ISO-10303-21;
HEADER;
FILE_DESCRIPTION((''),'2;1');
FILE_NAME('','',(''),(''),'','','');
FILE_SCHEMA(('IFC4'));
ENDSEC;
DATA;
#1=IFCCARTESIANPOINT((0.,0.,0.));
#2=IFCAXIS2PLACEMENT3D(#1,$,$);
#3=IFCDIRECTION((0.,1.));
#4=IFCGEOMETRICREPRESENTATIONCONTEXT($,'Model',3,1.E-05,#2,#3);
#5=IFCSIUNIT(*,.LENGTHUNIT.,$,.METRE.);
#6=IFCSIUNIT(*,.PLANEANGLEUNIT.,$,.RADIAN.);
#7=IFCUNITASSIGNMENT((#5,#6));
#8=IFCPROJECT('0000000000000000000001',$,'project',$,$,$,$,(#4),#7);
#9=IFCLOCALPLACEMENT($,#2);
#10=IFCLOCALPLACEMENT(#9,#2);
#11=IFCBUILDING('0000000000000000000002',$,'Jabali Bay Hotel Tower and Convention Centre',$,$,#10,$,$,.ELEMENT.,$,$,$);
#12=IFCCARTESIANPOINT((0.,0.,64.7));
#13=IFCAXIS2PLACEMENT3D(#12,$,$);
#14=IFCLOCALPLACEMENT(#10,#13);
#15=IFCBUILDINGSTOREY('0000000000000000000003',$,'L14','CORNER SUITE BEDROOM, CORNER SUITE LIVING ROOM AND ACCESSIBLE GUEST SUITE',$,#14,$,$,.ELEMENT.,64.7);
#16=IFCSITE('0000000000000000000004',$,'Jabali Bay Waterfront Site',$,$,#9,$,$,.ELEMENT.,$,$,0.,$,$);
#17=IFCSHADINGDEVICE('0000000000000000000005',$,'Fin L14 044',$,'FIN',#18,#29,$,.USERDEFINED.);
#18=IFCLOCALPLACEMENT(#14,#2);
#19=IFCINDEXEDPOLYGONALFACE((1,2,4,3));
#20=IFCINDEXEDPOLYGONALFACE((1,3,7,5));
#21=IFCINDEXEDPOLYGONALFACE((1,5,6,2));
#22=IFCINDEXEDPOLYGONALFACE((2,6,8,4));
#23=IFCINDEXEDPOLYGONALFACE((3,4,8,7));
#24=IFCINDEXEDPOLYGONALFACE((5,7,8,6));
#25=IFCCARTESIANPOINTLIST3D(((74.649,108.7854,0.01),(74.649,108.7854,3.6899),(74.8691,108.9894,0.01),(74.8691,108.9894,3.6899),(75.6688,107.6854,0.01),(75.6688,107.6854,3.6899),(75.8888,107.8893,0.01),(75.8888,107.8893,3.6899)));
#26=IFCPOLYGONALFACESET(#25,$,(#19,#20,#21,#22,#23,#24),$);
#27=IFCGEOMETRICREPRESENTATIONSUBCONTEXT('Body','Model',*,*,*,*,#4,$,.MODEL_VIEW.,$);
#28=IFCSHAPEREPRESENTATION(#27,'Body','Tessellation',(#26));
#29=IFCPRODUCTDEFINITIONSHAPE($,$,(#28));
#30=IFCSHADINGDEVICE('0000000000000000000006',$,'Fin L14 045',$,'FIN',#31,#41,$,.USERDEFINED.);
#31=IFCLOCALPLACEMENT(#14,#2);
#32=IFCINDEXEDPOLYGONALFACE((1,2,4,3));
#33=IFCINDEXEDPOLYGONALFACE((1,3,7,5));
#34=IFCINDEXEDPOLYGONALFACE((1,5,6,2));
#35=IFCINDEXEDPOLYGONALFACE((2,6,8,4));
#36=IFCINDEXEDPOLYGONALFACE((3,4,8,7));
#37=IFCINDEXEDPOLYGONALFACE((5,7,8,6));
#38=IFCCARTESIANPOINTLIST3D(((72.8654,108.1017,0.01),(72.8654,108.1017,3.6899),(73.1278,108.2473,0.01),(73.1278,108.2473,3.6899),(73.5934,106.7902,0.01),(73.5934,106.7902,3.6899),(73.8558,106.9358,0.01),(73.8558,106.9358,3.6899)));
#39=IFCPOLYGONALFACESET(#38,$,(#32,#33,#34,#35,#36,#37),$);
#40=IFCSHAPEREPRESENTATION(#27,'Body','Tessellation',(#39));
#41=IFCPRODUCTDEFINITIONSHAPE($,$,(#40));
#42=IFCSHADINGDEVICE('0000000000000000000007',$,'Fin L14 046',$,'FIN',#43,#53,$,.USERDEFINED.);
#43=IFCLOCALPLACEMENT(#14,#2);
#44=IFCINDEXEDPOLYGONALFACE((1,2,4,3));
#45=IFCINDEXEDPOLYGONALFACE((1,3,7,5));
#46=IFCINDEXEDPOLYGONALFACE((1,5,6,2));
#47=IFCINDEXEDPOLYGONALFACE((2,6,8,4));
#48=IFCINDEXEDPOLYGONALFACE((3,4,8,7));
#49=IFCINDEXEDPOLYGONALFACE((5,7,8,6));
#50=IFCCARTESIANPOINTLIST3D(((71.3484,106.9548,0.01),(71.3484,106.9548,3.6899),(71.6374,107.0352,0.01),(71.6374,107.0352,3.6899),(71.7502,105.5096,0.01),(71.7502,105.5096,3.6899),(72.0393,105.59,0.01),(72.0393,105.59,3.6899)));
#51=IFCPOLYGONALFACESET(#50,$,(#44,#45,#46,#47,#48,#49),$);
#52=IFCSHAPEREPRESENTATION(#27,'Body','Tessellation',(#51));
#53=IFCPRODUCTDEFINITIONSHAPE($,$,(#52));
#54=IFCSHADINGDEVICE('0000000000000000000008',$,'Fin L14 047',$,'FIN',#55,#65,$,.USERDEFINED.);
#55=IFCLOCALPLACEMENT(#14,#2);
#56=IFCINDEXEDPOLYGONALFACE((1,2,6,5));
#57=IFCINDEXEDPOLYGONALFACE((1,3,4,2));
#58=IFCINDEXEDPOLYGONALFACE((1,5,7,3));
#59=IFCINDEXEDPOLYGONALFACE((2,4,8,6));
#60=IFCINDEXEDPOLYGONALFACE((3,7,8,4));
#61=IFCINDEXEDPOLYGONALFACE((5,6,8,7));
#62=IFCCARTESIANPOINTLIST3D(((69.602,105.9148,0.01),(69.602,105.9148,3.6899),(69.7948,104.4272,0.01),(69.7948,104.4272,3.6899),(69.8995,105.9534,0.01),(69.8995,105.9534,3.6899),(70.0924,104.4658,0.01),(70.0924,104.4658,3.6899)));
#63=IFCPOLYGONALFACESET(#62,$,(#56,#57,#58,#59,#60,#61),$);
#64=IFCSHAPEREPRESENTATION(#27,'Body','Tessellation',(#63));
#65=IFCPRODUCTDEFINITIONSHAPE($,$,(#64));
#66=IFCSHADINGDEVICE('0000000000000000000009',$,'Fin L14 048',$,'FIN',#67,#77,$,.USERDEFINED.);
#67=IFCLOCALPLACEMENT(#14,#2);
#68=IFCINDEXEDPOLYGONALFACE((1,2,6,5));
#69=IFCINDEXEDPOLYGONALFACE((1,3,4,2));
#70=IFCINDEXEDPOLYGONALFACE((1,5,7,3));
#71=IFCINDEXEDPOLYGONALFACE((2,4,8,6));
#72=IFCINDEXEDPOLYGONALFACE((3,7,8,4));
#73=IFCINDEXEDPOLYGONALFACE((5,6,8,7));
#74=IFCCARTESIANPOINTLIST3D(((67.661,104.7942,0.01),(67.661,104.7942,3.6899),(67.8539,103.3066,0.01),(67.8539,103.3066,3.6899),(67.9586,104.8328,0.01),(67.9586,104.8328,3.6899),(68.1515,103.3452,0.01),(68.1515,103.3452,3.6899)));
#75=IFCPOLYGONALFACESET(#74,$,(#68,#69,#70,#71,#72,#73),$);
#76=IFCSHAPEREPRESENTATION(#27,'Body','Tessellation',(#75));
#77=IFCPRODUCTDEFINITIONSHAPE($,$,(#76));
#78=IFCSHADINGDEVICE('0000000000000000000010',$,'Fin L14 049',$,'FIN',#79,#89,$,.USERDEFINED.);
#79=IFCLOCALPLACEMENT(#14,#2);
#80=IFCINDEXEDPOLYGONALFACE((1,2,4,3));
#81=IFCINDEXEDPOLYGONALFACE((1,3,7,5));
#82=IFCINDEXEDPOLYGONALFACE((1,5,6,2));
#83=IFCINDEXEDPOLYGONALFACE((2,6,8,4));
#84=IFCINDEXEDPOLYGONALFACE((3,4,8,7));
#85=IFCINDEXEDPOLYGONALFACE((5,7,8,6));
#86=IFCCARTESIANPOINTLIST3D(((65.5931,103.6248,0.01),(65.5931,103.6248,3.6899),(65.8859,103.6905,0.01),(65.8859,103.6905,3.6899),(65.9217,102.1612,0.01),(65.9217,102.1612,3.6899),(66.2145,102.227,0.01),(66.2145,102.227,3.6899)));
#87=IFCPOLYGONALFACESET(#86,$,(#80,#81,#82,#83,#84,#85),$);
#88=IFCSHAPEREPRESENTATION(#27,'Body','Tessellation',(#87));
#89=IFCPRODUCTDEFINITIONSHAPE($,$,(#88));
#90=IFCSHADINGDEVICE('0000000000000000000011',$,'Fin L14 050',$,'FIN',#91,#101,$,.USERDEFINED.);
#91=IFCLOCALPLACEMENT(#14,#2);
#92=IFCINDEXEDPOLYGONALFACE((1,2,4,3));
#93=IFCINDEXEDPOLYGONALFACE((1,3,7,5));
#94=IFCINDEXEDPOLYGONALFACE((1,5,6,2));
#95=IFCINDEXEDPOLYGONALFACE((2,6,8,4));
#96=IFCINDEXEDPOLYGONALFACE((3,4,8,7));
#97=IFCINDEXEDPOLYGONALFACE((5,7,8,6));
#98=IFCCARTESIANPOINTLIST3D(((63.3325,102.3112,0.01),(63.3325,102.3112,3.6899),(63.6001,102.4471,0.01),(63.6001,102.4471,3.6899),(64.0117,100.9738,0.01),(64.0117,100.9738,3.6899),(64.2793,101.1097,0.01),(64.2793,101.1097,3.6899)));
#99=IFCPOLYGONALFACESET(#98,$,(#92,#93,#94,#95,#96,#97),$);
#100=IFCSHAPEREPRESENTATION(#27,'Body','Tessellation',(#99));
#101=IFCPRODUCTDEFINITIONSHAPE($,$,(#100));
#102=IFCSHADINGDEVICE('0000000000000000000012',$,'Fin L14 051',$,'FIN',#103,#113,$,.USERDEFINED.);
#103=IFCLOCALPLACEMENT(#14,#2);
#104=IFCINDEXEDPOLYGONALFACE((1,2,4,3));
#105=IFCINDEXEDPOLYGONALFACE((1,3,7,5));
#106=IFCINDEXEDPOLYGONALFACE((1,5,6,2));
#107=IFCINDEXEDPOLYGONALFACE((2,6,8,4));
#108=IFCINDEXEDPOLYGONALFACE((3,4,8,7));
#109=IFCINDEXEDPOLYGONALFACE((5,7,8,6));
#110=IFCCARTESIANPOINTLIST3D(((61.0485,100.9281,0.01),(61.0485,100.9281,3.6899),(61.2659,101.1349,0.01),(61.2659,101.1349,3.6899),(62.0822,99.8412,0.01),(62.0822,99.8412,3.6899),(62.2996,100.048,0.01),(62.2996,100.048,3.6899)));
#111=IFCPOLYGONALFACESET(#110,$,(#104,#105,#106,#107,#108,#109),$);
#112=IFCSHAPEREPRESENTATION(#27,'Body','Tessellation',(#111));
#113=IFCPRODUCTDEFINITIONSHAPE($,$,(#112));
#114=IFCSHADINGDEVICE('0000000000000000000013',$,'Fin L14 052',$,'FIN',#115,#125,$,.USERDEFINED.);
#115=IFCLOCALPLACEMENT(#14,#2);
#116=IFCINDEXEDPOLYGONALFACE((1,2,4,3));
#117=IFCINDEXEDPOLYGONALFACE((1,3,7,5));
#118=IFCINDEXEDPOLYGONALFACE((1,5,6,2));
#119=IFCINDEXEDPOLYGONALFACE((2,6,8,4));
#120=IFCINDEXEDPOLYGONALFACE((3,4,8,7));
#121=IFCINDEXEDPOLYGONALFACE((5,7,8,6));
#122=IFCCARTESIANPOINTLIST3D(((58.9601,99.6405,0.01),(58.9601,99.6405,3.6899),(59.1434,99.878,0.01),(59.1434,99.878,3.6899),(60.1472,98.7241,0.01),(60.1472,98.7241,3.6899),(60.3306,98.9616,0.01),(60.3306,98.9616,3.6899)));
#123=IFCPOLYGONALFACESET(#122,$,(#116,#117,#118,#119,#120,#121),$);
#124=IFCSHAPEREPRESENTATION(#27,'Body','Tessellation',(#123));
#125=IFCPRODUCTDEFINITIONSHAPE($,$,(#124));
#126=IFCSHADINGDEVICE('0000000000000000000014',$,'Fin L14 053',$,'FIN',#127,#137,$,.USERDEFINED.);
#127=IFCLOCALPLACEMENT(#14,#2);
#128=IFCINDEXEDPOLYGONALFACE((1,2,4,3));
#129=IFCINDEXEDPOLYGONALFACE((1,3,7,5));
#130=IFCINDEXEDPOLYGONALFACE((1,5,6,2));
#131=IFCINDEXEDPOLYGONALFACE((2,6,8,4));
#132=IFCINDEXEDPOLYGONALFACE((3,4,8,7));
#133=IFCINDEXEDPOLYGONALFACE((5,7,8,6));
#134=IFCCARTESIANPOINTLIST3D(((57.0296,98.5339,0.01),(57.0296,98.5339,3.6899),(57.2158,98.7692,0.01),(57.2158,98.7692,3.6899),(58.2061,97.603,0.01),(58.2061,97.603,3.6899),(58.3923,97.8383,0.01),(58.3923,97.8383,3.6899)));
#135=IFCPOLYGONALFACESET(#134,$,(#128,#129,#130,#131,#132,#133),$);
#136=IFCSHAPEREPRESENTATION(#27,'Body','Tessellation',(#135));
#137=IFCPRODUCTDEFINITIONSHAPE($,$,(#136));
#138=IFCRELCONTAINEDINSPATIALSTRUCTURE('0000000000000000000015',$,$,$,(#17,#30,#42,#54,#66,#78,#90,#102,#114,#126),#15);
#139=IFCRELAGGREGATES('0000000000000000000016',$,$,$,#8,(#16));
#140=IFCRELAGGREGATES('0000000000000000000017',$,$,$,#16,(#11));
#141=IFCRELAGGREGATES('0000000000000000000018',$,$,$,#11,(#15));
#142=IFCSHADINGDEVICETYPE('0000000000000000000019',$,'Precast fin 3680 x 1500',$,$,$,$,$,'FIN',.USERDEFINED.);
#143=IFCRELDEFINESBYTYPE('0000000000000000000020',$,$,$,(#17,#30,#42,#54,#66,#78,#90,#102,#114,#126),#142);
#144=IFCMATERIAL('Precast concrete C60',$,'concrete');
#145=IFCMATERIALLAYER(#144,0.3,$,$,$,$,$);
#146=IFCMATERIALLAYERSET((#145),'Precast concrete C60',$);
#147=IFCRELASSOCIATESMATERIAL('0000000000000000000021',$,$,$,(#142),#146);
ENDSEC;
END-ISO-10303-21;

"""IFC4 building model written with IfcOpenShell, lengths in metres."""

from ifc_helpers import new_model, si_unit, direction, frame, frame_2d, origin, place, context, subcontext, project, spatial, rectangle, extrude, material, layer, layer_set, type_object, element, save


model = new_model("IFC4")

# Units and contexts
model_context = context("Model", 3, precision=1e-05, world=origin(), true_north=direction((0.0, 1.0)))
body_context = subcontext(model_context, "Body", "Model", "MODEL_VIEW")
ifc_project = project(units=[si_unit("LENGTHUNIT", "METRE"), si_unit("PLANEANGLEUNIT", "RADIAN")], contexts=[model_context])

# Site, building, storey
site_placement = place(None, origin())
site = spatial("IfcSite", under=ifc_project, at=site_placement, Name="Jabali Bay Waterfront Site", CompositionType="ELEMENT", RefElevation=0.0)
building_placement = place(site_placement, origin())
building = spatial("IfcBuilding", under=site, at=building_placement, Name="Jabali Bay Hotel Tower and Convention Centre", CompositionType="ELEMENT")
storey_placement = place(building_placement, frame((0.0, 0.0, 64.7)))
storey = spatial("IfcBuildingStorey", under=building, at=storey_placement, Name="L14", Description="CORNER SUITE BEDROOM, CORNER SUITE LIVING ROOM AND ACCESSIBLE GUEST SUITE", CompositionType="ELEMENT", Elevation=64.7)

# Shading devices
ifc_material_1 = material(Name="Precast concrete C60", Category="concrete")
ifc_layer_1 = layer(ifc_material_1, 0.3)
ifc_layer_set_1 = layer_set([ifc_layer_1], Name="Precast concrete C60")
shading_device_type = type_object("IfcShadingDeviceType", Name="Precast fin 3680 x 1500", ElementType="FIN", PredefinedType="USERDEFINED", material=ifc_layer_set_1)
for number, where, z_axis, x_axis, name in (
    (1, (75.7788, 107.7874, 0.01), (0.0, 0.0, 1.0), (-0.679827, 0.733373, 0.0), "Fin L14 044"),
    (2, (73.7246, 106.863, 0.01), (0.0, 0.0, 1.0), (-0.485339, 0.874326, 0.0), "Fin L14 045"),
    (3, (71.8948, 105.5498, 0.01), (0.0, 0.0, 1.0), (-0.267921, 0.963441, 0.0), "Fin L14 046"),
    (4, (69.9436, 104.4465, 0.01), (0.0, 0.0, 1.0), (-0.128581, 0.991699, 0.0), "Fin L14 047"),
    (5, (68.0027, 103.3259, 0.01), (0.0, 0.0, 1.0), (-0.128581, 0.991699, 0.0), "Fin L14 048"),
    (6, (66.0681, 102.1941, 0.01), (0.0, 0.0, 1.0), (-0.219067, 0.97571, 0.0), "Fin L14 049"),
    (7, (64.1455, 101.0417, 0.01), (0.0, 0.0, 1.0), (-0.452804, 0.89161, 0.0), "Fin L14 050"),
    (8, (62.1909, 99.9446, 0.01), (0.0, 0.0, 1.0), (-0.689143, 0.724625, 0.0), "Fin L14 051"),
):
    element("IfcShadingDevice", number, at=place(storey_placement, frame(where, z_axis=z_axis, x_axis=x_axis)), inside=storey, type_object=shading_device_type, Name=name, ObjectType="FIN", PredefinedType="USERDEFINED", context=body_context, shape_type="SweptSolid", body=[
        extrude(rectangle(XDim=1.5, YDim=0.3, at=frame_2d((0.75, 0.0))), origin(), (0.0, 0.0, 1.0), 3.6799),
    ])
shading_device_1_placement = place(storey_placement, frame((60.239, 98.8428, 0.01), z_axis=(0.0, 0.0, 1.0), x_axis=(-0.791582, 0.611063, 0.0)))
element("IfcShadingDevice", 9, at=shading_device_1_placement, inside=storey, type_object=shading_device_type, Name="Fin L14 052", ObjectType="FIN", PredefinedType="USERDEFINED", context=body_context, shape_type="SweptSolid", body=[
    extrude(rectangle(XDim=1.4998, YDim=0.3, at=frame_2d((0.75, 0.0))), origin(), (0.0, 0.0, 1.0), 3.6799),
])
shading_device_2_placement = place(storey_placement, frame((58.2991, 97.7207, 0.01), z_axis=(0.0, 0.0, 1.0), x_axis=(-0.784207, 0.620499, 0.0)))
element("IfcShadingDevice", 10, at=shading_device_2_placement, inside=storey, type_object=shading_device_type, Name="Fin L14 053", ObjectType="FIN", PredefinedType="USERDEFINED", context=body_context, shape_type="SweptSolid", body=[
    extrude(rectangle(XDim=1.5002, YDim=0.3, at=frame_2d((0.75, 0.0))), origin(), (0.0, 0.0, 1.0), 3.6799),
])

save(model, "model.ifc")
